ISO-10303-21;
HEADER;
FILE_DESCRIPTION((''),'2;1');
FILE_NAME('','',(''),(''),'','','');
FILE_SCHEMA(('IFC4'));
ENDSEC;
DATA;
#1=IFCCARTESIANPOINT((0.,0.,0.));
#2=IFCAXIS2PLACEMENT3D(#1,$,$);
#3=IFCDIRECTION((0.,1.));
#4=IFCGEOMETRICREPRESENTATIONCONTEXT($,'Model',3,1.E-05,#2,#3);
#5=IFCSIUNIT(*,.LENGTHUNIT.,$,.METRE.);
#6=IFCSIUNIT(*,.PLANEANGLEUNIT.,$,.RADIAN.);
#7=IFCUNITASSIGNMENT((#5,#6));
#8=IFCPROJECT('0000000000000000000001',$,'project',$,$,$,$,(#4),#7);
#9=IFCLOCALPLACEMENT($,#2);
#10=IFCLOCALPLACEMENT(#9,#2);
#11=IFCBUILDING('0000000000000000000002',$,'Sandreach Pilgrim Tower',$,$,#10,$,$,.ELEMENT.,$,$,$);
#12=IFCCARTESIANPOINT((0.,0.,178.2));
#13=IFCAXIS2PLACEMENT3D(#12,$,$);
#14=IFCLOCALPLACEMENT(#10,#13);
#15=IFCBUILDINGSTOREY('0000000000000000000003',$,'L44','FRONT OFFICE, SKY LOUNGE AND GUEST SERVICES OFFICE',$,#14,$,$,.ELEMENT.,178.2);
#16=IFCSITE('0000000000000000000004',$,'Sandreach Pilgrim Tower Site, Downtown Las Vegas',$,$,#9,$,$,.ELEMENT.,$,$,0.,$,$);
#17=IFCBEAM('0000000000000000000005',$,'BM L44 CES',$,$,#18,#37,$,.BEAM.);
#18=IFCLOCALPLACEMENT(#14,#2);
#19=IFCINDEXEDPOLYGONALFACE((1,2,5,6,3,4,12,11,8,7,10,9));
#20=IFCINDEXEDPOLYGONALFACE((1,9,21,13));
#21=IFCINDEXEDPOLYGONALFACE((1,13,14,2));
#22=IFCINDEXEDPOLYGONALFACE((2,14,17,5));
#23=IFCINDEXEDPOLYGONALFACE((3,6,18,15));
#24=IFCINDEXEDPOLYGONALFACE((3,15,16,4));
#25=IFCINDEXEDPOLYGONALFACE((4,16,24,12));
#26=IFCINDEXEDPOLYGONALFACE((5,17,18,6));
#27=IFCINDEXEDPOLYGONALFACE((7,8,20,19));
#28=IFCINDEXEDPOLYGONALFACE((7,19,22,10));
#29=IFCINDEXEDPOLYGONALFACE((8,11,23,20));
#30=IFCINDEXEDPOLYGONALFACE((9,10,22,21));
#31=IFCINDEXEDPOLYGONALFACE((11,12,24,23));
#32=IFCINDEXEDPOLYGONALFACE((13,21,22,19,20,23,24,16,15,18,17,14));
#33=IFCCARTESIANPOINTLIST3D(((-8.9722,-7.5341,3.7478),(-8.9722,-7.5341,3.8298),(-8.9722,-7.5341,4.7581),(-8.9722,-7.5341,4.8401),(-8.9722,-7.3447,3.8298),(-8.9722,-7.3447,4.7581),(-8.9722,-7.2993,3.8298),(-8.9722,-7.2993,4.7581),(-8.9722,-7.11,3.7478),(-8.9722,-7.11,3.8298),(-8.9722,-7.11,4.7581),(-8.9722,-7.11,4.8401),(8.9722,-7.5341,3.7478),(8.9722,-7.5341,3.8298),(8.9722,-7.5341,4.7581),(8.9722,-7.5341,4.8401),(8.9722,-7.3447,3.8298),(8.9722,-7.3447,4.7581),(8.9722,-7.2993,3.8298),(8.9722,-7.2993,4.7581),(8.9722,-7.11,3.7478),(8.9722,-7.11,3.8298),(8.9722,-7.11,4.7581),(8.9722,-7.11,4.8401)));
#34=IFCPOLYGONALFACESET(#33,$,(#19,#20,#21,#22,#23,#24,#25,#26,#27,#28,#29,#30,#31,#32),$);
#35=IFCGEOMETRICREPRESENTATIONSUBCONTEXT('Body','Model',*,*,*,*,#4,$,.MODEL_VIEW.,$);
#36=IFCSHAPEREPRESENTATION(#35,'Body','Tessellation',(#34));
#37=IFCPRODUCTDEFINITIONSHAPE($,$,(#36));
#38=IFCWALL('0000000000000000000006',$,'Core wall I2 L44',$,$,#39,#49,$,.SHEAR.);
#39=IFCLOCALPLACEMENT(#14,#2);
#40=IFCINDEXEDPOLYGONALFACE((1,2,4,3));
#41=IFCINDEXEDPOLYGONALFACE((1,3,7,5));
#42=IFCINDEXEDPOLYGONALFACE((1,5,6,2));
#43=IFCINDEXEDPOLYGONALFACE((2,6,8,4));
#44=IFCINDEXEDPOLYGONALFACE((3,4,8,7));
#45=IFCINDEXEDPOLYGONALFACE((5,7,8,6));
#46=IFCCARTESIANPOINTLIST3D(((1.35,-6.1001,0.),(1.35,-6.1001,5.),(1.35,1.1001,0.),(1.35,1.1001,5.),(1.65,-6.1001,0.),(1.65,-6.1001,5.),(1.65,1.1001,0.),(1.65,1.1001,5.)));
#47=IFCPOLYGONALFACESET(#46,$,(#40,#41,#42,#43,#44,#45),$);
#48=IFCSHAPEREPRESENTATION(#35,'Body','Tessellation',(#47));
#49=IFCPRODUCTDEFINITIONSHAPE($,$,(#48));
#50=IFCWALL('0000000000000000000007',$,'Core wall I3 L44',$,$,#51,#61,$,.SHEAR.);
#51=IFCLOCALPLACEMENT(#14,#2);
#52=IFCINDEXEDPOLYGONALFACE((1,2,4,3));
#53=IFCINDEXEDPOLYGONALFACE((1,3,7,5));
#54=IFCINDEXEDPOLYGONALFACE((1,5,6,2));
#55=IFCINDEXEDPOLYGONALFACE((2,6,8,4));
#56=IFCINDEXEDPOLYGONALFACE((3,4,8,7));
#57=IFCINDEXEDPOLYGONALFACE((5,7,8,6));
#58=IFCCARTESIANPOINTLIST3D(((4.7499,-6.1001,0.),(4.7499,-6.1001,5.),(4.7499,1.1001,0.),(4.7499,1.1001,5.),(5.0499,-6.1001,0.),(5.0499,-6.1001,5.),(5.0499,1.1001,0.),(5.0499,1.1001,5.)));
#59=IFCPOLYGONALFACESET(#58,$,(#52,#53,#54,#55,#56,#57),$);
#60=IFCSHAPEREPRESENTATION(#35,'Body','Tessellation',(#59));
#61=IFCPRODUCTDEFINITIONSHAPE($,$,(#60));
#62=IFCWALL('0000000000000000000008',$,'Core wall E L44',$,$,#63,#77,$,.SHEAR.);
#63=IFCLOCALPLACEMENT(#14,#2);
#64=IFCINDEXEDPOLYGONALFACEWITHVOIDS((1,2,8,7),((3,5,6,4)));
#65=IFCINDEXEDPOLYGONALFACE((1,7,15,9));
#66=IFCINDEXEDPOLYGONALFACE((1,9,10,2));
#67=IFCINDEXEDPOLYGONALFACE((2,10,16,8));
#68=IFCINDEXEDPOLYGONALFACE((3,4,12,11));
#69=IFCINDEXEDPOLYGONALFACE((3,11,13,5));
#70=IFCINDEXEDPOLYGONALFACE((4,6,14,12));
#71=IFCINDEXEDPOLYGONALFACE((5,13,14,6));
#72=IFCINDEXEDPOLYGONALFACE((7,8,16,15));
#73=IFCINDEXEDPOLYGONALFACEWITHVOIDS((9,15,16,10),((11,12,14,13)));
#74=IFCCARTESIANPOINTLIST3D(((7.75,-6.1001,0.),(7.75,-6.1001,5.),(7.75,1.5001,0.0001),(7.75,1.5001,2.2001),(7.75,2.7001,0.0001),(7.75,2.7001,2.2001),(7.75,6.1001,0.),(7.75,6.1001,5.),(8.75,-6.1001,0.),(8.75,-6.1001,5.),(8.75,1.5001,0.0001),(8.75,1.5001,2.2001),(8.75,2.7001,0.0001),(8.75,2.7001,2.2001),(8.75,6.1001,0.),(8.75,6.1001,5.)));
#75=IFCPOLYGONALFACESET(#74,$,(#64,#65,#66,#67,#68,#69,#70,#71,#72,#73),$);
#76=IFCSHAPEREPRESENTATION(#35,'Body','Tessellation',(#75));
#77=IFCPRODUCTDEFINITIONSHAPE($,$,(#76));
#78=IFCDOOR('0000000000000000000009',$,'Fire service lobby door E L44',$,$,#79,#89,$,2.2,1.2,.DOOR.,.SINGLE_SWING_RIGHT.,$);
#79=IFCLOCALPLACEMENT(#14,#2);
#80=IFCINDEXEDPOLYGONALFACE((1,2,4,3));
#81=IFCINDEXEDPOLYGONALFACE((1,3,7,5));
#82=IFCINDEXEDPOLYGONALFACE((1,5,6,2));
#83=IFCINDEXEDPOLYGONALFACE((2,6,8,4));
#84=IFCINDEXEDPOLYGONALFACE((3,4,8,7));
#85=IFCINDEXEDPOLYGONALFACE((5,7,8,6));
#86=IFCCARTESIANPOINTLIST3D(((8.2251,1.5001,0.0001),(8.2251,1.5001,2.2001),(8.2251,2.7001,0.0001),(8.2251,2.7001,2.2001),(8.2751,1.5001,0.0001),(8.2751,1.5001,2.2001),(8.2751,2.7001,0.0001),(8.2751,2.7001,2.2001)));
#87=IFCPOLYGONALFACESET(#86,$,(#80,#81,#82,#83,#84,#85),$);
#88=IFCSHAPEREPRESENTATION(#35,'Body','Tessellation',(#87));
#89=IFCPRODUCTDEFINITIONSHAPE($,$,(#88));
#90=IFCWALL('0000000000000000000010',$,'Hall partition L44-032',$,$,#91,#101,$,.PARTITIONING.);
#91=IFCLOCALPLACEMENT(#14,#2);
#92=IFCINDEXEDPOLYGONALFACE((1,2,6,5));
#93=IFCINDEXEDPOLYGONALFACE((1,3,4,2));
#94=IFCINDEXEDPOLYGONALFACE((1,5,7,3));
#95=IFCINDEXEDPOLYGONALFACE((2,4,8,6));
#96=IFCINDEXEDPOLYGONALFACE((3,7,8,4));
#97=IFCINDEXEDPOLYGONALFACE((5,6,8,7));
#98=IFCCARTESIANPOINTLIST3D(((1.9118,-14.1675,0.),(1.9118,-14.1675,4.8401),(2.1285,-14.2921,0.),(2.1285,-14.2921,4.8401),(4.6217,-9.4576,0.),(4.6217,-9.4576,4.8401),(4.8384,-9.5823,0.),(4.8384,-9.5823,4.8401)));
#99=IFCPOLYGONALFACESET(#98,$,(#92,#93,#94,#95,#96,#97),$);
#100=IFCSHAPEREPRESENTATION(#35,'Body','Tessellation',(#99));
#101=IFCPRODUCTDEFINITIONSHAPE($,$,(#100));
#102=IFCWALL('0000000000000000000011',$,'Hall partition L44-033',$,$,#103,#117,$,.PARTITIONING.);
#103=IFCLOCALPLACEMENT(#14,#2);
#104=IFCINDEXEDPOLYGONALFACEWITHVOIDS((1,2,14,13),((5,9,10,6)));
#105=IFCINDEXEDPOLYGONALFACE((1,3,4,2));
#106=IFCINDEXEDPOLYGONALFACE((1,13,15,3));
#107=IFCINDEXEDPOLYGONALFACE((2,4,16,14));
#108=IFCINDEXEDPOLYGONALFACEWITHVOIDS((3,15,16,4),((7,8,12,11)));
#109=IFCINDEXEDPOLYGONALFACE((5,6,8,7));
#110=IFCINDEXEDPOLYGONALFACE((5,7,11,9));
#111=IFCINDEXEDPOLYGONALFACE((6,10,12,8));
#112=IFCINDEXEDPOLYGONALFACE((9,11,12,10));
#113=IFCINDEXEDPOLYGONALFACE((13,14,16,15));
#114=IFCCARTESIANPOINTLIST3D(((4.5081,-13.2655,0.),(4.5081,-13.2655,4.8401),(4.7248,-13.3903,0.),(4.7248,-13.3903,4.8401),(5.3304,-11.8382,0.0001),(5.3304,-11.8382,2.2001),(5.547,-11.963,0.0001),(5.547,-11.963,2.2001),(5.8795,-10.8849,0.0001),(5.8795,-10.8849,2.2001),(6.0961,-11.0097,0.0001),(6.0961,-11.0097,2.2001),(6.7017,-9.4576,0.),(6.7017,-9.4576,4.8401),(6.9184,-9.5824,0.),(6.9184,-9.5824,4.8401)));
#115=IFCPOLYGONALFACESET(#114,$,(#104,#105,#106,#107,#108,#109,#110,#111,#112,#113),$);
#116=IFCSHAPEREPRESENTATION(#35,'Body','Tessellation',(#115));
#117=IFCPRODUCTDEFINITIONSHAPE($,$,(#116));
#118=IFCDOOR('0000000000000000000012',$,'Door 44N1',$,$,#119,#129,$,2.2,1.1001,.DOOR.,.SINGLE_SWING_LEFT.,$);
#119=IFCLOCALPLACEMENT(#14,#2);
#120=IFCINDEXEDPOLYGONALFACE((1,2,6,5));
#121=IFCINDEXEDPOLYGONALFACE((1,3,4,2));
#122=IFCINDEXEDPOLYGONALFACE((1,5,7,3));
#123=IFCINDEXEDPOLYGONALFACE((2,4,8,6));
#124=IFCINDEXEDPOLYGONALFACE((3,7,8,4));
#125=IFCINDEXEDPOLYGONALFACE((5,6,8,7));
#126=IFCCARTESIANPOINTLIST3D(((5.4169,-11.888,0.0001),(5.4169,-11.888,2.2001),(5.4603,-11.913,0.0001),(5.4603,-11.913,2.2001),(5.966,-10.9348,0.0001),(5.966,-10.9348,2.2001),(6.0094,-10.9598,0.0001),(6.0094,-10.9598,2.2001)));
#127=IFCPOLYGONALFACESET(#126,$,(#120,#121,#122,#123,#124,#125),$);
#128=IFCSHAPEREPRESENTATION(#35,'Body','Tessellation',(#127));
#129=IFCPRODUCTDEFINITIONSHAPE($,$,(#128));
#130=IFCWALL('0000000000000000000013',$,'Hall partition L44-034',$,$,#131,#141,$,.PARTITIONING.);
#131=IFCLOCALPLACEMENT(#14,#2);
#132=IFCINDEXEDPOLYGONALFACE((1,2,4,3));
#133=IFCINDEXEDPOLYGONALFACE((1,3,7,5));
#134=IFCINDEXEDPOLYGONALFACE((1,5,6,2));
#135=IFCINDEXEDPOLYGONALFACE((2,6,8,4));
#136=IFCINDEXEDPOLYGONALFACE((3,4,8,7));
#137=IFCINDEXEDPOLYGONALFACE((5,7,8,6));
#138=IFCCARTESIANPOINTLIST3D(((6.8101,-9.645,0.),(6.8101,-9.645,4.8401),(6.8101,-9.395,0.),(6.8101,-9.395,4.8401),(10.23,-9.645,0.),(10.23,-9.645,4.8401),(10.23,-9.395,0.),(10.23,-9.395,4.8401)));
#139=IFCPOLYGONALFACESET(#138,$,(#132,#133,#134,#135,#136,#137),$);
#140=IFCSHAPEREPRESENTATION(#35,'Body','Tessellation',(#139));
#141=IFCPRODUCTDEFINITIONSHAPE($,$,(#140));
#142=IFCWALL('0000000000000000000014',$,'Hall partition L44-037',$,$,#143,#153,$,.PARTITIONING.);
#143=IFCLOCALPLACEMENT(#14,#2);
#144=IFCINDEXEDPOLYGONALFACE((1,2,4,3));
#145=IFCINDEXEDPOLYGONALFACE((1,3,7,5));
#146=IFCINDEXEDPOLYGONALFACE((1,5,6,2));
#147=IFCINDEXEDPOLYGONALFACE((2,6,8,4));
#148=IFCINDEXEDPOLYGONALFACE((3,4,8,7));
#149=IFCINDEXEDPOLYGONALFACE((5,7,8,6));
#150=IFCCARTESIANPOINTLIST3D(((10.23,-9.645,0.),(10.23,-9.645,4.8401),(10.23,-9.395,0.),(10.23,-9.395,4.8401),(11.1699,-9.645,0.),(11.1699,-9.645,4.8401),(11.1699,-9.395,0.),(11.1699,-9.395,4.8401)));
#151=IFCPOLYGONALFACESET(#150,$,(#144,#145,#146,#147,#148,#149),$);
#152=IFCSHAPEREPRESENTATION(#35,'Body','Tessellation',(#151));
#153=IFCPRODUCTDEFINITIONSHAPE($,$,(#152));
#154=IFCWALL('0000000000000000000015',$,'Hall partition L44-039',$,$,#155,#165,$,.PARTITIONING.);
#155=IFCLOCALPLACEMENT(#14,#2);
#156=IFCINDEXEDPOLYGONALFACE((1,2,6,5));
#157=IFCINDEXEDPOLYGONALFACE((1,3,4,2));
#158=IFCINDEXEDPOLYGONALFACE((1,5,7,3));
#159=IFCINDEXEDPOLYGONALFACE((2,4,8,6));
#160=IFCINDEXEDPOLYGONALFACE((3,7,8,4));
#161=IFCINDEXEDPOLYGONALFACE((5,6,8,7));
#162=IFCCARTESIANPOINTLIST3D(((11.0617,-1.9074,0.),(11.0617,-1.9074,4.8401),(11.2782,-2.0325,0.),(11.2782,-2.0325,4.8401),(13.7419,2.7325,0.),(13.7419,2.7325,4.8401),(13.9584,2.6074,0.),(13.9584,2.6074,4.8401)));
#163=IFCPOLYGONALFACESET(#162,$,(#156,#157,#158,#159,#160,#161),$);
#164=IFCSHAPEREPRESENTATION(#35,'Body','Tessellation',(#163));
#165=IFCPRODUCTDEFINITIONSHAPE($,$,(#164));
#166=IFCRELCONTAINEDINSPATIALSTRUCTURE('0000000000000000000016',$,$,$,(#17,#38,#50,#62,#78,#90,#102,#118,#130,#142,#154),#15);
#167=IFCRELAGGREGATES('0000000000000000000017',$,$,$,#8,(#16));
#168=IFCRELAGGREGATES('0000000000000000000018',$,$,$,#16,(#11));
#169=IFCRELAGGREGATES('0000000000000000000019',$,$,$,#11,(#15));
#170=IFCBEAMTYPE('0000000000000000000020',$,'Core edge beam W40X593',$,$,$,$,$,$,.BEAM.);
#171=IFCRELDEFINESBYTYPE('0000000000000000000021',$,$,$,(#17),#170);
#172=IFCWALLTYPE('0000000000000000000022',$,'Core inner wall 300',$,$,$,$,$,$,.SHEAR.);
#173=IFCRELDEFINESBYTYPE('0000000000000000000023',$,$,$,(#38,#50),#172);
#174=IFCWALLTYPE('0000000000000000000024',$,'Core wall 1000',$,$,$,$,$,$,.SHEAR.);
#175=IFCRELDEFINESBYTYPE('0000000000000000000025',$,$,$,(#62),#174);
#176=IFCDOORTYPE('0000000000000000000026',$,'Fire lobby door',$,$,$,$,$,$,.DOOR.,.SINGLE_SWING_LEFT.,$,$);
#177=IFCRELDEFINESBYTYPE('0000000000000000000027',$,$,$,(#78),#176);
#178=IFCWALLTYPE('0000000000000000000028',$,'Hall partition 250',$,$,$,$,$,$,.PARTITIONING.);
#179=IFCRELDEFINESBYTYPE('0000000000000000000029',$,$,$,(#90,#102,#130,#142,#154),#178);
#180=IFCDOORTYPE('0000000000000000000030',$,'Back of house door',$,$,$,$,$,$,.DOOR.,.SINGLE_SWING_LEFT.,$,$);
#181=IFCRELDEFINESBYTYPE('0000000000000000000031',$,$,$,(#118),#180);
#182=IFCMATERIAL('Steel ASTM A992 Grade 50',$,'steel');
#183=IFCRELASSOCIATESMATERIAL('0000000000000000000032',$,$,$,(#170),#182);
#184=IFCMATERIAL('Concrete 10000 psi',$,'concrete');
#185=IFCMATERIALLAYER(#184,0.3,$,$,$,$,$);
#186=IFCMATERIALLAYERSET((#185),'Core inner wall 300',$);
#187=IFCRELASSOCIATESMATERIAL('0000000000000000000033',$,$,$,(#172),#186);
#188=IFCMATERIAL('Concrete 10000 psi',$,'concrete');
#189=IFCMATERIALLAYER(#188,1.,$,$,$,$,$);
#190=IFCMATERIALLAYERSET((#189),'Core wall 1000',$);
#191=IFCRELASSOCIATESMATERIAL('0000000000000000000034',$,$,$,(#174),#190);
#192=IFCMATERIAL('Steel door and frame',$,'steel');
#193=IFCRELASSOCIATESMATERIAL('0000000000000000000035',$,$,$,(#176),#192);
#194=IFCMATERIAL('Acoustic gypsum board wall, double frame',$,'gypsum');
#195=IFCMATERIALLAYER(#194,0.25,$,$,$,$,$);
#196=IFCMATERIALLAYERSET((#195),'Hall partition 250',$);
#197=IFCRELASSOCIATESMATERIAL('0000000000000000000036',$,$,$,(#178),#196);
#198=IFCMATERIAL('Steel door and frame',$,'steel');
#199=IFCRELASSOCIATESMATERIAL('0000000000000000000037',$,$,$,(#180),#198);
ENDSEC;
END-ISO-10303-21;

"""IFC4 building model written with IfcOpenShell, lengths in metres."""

from ifc_helpers import new_model, si_unit, direction, frame, frame_2d, origin, origin_2d, place, context, subcontext, project, spatial, rectangle, i_section, extrude, material, layer, layer_set, material_profile, profile_set, type_object, element, fill, save


model = new_model("IFC4")

# Units and contexts
model_context = context("Model", 3, precision=1e-05, world=origin(), true_north=direction((0.0, 1.0)))
body_context = subcontext(model_context, "Body", "Model", "MODEL_VIEW")
ifc_project = project(units=[si_unit("LENGTHUNIT", "METRE"), si_unit("PLANEANGLEUNIT", "RADIAN")], contexts=[model_context])

# Site, building, storey
site_placement = place(None, origin())
site = spatial("IfcSite", under=ifc_project, at=site_placement, Name="Sandreach Pilgrim Tower Site, Downtown Las Vegas", CompositionType="ELEMENT", RefElevation=0.0)
building_placement = place(site_placement, origin())
building = spatial("IfcBuilding", under=site, at=building_placement, Name="Sandreach Pilgrim Tower", CompositionType="ELEMENT")
storey_placement = place(building_placement, frame((0.0, 0.0, 178.2)))
storey = spatial("IfcBuildingStorey", under=building, at=storey_placement, Name="L44", Description="FRONT OFFICE, SKY LOUNGE AND GUEST SERVICES OFFICE", CompositionType="ELEMENT", Elevation=178.2)

# Beam
ifc_material_1 = material(Name="Steel ASTM A992 Grade 50", Category="steel")
ifc_material_profile = material_profile(ifc_material_1, i_section(OverallWidth=0.4241, OverallDepth=1.0923, WebThickness=0.0454, FlangeThickness=0.082, at=origin_2d()), Name="W40X593")
ifc_profile_set = profile_set([ifc_material_profile], Name="Steel ASTM A992 Grade 50")
beam_type = type_object("IfcBeamType", Name="Core edge beam W40X593", PredefinedType="BEAM", material=ifc_profile_set)
beam_placement = place(storey_placement, frame((8.9722, -7.322, 4.2939), z_axis=(-1.0, 0.0, 0.0), x_axis=(0.0, -1.0, 0.0)))
element("IfcBeam", 1, at=beam_placement, inside=storey, type_object=beam_type, Name="BM L44 CES", PredefinedType="BEAM", context=body_context, shape_type="SweptSolid", body=[
    extrude(i_section(OverallWidth=0.4241, OverallDepth=1.0923, WebThickness=0.0454, FlangeThickness=0.082, at=origin_2d()), origin(), (0.0, 0.0, 1.0), 17.9443),
])

# Walls
ifc_material_2 = material(Name="Concrete 10000 psi", Category="concrete")
ifc_layer_1 = layer(ifc_material_2, 0.3)
ifc_layer_set_1 = layer_set([ifc_layer_1], Name="Core inner wall 300")
wall_type_1 = type_object("IfcWallType", Name="Core inner wall 300", PredefinedType="SHEAR", material=ifc_layer_set_1)
for number, where, z_axis, x_axis, name in (
    (2, (1.5, -6.1001, 0.0), (0.0, 0.0, 1.0), (0.0, 1.0, 0.0), "Core wall I2 L44"),
    (3, (4.8999, -6.1001, 0.0), (0.0, 0.0, 1.0), (0.0, 1.0, 0.0), "Core wall I3 L44"),
):
    element("IfcWall", number, at=place(storey_placement, frame(where, z_axis=z_axis, x_axis=x_axis)), inside=storey, type_object=wall_type_1, Name=name, PredefinedType="SHEAR", context=body_context, shape_type="SweptSolid", body=[
        extrude(rectangle(XDim=7.2002, YDim=0.3, at=frame_2d((3.6001, 0.0))), origin(), (0.0, 0.0, 1.0), 5.0),
    ])

# Wall, opening, door
ifc_material_3 = material(Name="Concrete 10000 psi", Category="concrete")
ifc_layer_2 = layer(ifc_material_3, 1.0)
ifc_layer_set_2 = layer_set([ifc_layer_2], Name="Core wall 1000")
wall_type_2 = type_object("IfcWallType", Name="Core wall 1000", PredefinedType="SHEAR", material=ifc_layer_set_2)
wall_1_placement = place(storey_placement, frame((8.25, -6.1001, 0.0), z_axis=(0.0, 0.0, 1.0), x_axis=(0.0, 1.0, 0.0)))
wall_1 = element("IfcWall", 4, at=wall_1_placement, inside=storey, type_object=wall_type_2, Name="Core wall E L44", PredefinedType="SHEAR", context=body_context, shape_type="SweptSolid", body=[
    extrude(rectangle(XDim=12.2002, YDim=1.0, at=frame_2d((6.1001, 0.0))), origin(), (0.0, 0.0, 1.0), 5.0),
])
opening_1_placement = place(wall_1_placement, frame((7.6001, 0.0, 0.0)))
opening_1 = element("IfcOpeningElement", 5, at=opening_1_placement, cuts=wall_1, PredefinedType="OPENING", context=body_context, shape_type="SweptSolid", body=[
    extrude(rectangle(XDim=1.2, YDim=2.2, at=frame_2d((0.6001, 1.1001))), frame((0.0, 0.5, 0.0), z_axis=(0.0, -1.0, 0.0), x_axis=(1.0, 0.0, 0.0)), (0.0, 0.0, 1.0), 1.0),
])
ifc_material_4 = material(Name="Steel door and frame", Category="steel")
door_type_1 = type_object("IfcDoorType", Name="Fire lobby door", OperationType="SINGLE_SWING_LEFT", PredefinedType="DOOR", material=ifc_material_4)
door_1_placement = place(opening_1_placement, origin())
door_1 = element("IfcDoor", 6, at=door_1_placement, inside=storey, type_object=door_type_1, Name="Fire service lobby door E L44", OperationType="SINGLE_SWING_RIGHT", OverallHeight=2.2, OverallWidth=1.2, PredefinedType="DOOR", context=body_context, shape_type="SweptSolid", body=[
    extrude(rectangle(XDim=1.2, YDim=2.2, at=frame_2d((0.6001, 1.1001))), frame((0.0, 0.0249, 0.0), z_axis=(0.0, -1.0, 0.0), x_axis=(1.0, 0.0, 0.0)), (0.0, 0.0, 1.0), 0.05),
])
fill(opening_1, door_1)

# Wall
ifc_material_5 = material(Name="Acoustic gypsum board wall, double frame", Category="gypsum")
ifc_layer_3 = layer(ifc_material_5, 0.25)
ifc_layer_set_3 = layer_set([ifc_layer_3], Name="Hall partition 250")
wall_type_3 = type_object("IfcWallType", Name="Hall partition 250", PredefinedType="PARTITIONING", material=ifc_layer_set_3)
wall_2_placement = place(storey_placement, frame((4.73, -9.52, 0.0), z_axis=(0.0, 0.0, 1.0), x_axis=(-0.498711, -0.866768, 0.0)))
element("IfcWall", 7, at=wall_2_placement, inside=storey, type_object=wall_type_3, Name="Hall partition L44-032", PredefinedType="PARTITIONING", context=body_context, shape_type="SweptSolid", body=[
    extrude(rectangle(XDim=5.4338, YDim=0.25, at=frame_2d((2.7168, 0.0))), origin(), (0.0, 0.0, 1.0), 4.8401),
])

# Wall, opening, door
wall_3_placement = place(storey_placement, frame((6.8101, -9.52, 0.0), z_axis=(0.0, 0.0, 1.0), x_axis=(-0.499169, -0.866505, 0.0)))
wall_3 = element("IfcWall", 8, at=wall_3_placement, inside=storey, type_object=wall_type_3, Name="Hall partition L44-033", PredefinedType="PARTITIONING", context=body_context, shape_type="SweptSolid", body=[
    extrude(rectangle(XDim=4.3945, YDim=0.25, at=frame_2d((2.1973, 0.0))), origin(), (0.0, 0.0, 1.0), 4.8401),
])
opening_2_placement = place(wall_3_placement, frame((1.6472, 0.0, 0.0)))
opening_2 = element("IfcOpeningElement", 9, at=opening_2_placement, cuts=wall_3, PredefinedType="OPENING", context=body_context, shape_type="SweptSolid", body=[
    extrude(rectangle(XDim=1.1001, YDim=2.2, at=frame_2d((0.55, 1.1001))), frame((0.0, 0.125, 0.0), z_axis=(0.0, -1.0, 0.0), x_axis=(1.0, 0.0, 0.0)), (0.0, 0.0, 1.0), 0.25),
])
ifc_material_6 = material(Name="Steel door and frame", Category="steel")
door_type_2 = type_object("IfcDoorType", Name="Back of house door", OperationType="SINGLE_SWING_LEFT", PredefinedType="DOOR", material=ifc_material_6)
door_2_placement = place(opening_2_placement, origin())
door_2 = element("IfcDoor", 10, at=door_2_placement, inside=storey, type_object=door_type_2, Name="Door 44N1", OperationType="SINGLE_SWING_LEFT", OverallHeight=2.2, OverallWidth=1.1001, PredefinedType="DOOR", context=body_context, shape_type="SweptSolid", body=[
    extrude(rectangle(XDim=1.1001, YDim=2.2, at=frame_2d((0.55, 1.1001))), frame((0.0, 0.0249, 0.0), z_axis=(0.0, -1.0, 0.0), x_axis=(1.0, 0.0, 0.0)), (0.0, 0.0, 1.0), 0.05),
])
fill(opening_2, door_2)

# Walls
wall_4_placement = place(storey_placement, frame((6.8101, -9.52, 0.0), z_axis=(0.0, 0.0, 1.0), x_axis=(1.0, 0.0, 0.0)))
element("IfcWall", 11, at=wall_4_placement, inside=storey, type_object=wall_type_3, Name="Hall partition L44-034", PredefinedType="PARTITIONING", context=body_context, shape_type="SweptSolid", body=[
    extrude(rectangle(XDim=3.4199, YDim=0.25, at=frame_2d((1.71, 0.0))), origin(), (0.0, 0.0, 1.0), 4.8401),
])
wall_5_placement = place(storey_placement, frame((10.23, -9.52, 0.0), z_axis=(0.0, 0.0, 1.0), x_axis=(1.0, 0.0, 0.0)))
element("IfcWall", 12, at=wall_5_placement, inside=storey, type_object=wall_type_3, Name="Hall partition L44-037", PredefinedType="PARTITIONING", context=body_context, shape_type="SweptSolid", body=[
    extrude(rectangle(XDim=0.9399, YDim=0.25, at=frame_2d((0.47, 0.0))), origin(), (0.0, 0.0, 1.0), 4.8401),
])

# Wall
wall_6_placement = place(storey_placement, frame((11.1699, -1.97, 0.0), z_axis=(0.0, 0.0, 1.0), x_axis=(0.500187, 0.865918, 0.0)))
element("IfcWall", 13, at=wall_6_placement, inside=storey, type_object=wall_type_3, Name="Hall partition L44-039", PredefinedType="PARTITIONING", context=body_context, shape_type="SweptSolid", body=[
    extrude(rectangle(XDim=5.3584, YDim=0.25, at=frame_2d((2.6792, 0.0))), origin(), (0.0, 0.0, 1.0), 4.8401),
])

save(model, "model.ifc")
